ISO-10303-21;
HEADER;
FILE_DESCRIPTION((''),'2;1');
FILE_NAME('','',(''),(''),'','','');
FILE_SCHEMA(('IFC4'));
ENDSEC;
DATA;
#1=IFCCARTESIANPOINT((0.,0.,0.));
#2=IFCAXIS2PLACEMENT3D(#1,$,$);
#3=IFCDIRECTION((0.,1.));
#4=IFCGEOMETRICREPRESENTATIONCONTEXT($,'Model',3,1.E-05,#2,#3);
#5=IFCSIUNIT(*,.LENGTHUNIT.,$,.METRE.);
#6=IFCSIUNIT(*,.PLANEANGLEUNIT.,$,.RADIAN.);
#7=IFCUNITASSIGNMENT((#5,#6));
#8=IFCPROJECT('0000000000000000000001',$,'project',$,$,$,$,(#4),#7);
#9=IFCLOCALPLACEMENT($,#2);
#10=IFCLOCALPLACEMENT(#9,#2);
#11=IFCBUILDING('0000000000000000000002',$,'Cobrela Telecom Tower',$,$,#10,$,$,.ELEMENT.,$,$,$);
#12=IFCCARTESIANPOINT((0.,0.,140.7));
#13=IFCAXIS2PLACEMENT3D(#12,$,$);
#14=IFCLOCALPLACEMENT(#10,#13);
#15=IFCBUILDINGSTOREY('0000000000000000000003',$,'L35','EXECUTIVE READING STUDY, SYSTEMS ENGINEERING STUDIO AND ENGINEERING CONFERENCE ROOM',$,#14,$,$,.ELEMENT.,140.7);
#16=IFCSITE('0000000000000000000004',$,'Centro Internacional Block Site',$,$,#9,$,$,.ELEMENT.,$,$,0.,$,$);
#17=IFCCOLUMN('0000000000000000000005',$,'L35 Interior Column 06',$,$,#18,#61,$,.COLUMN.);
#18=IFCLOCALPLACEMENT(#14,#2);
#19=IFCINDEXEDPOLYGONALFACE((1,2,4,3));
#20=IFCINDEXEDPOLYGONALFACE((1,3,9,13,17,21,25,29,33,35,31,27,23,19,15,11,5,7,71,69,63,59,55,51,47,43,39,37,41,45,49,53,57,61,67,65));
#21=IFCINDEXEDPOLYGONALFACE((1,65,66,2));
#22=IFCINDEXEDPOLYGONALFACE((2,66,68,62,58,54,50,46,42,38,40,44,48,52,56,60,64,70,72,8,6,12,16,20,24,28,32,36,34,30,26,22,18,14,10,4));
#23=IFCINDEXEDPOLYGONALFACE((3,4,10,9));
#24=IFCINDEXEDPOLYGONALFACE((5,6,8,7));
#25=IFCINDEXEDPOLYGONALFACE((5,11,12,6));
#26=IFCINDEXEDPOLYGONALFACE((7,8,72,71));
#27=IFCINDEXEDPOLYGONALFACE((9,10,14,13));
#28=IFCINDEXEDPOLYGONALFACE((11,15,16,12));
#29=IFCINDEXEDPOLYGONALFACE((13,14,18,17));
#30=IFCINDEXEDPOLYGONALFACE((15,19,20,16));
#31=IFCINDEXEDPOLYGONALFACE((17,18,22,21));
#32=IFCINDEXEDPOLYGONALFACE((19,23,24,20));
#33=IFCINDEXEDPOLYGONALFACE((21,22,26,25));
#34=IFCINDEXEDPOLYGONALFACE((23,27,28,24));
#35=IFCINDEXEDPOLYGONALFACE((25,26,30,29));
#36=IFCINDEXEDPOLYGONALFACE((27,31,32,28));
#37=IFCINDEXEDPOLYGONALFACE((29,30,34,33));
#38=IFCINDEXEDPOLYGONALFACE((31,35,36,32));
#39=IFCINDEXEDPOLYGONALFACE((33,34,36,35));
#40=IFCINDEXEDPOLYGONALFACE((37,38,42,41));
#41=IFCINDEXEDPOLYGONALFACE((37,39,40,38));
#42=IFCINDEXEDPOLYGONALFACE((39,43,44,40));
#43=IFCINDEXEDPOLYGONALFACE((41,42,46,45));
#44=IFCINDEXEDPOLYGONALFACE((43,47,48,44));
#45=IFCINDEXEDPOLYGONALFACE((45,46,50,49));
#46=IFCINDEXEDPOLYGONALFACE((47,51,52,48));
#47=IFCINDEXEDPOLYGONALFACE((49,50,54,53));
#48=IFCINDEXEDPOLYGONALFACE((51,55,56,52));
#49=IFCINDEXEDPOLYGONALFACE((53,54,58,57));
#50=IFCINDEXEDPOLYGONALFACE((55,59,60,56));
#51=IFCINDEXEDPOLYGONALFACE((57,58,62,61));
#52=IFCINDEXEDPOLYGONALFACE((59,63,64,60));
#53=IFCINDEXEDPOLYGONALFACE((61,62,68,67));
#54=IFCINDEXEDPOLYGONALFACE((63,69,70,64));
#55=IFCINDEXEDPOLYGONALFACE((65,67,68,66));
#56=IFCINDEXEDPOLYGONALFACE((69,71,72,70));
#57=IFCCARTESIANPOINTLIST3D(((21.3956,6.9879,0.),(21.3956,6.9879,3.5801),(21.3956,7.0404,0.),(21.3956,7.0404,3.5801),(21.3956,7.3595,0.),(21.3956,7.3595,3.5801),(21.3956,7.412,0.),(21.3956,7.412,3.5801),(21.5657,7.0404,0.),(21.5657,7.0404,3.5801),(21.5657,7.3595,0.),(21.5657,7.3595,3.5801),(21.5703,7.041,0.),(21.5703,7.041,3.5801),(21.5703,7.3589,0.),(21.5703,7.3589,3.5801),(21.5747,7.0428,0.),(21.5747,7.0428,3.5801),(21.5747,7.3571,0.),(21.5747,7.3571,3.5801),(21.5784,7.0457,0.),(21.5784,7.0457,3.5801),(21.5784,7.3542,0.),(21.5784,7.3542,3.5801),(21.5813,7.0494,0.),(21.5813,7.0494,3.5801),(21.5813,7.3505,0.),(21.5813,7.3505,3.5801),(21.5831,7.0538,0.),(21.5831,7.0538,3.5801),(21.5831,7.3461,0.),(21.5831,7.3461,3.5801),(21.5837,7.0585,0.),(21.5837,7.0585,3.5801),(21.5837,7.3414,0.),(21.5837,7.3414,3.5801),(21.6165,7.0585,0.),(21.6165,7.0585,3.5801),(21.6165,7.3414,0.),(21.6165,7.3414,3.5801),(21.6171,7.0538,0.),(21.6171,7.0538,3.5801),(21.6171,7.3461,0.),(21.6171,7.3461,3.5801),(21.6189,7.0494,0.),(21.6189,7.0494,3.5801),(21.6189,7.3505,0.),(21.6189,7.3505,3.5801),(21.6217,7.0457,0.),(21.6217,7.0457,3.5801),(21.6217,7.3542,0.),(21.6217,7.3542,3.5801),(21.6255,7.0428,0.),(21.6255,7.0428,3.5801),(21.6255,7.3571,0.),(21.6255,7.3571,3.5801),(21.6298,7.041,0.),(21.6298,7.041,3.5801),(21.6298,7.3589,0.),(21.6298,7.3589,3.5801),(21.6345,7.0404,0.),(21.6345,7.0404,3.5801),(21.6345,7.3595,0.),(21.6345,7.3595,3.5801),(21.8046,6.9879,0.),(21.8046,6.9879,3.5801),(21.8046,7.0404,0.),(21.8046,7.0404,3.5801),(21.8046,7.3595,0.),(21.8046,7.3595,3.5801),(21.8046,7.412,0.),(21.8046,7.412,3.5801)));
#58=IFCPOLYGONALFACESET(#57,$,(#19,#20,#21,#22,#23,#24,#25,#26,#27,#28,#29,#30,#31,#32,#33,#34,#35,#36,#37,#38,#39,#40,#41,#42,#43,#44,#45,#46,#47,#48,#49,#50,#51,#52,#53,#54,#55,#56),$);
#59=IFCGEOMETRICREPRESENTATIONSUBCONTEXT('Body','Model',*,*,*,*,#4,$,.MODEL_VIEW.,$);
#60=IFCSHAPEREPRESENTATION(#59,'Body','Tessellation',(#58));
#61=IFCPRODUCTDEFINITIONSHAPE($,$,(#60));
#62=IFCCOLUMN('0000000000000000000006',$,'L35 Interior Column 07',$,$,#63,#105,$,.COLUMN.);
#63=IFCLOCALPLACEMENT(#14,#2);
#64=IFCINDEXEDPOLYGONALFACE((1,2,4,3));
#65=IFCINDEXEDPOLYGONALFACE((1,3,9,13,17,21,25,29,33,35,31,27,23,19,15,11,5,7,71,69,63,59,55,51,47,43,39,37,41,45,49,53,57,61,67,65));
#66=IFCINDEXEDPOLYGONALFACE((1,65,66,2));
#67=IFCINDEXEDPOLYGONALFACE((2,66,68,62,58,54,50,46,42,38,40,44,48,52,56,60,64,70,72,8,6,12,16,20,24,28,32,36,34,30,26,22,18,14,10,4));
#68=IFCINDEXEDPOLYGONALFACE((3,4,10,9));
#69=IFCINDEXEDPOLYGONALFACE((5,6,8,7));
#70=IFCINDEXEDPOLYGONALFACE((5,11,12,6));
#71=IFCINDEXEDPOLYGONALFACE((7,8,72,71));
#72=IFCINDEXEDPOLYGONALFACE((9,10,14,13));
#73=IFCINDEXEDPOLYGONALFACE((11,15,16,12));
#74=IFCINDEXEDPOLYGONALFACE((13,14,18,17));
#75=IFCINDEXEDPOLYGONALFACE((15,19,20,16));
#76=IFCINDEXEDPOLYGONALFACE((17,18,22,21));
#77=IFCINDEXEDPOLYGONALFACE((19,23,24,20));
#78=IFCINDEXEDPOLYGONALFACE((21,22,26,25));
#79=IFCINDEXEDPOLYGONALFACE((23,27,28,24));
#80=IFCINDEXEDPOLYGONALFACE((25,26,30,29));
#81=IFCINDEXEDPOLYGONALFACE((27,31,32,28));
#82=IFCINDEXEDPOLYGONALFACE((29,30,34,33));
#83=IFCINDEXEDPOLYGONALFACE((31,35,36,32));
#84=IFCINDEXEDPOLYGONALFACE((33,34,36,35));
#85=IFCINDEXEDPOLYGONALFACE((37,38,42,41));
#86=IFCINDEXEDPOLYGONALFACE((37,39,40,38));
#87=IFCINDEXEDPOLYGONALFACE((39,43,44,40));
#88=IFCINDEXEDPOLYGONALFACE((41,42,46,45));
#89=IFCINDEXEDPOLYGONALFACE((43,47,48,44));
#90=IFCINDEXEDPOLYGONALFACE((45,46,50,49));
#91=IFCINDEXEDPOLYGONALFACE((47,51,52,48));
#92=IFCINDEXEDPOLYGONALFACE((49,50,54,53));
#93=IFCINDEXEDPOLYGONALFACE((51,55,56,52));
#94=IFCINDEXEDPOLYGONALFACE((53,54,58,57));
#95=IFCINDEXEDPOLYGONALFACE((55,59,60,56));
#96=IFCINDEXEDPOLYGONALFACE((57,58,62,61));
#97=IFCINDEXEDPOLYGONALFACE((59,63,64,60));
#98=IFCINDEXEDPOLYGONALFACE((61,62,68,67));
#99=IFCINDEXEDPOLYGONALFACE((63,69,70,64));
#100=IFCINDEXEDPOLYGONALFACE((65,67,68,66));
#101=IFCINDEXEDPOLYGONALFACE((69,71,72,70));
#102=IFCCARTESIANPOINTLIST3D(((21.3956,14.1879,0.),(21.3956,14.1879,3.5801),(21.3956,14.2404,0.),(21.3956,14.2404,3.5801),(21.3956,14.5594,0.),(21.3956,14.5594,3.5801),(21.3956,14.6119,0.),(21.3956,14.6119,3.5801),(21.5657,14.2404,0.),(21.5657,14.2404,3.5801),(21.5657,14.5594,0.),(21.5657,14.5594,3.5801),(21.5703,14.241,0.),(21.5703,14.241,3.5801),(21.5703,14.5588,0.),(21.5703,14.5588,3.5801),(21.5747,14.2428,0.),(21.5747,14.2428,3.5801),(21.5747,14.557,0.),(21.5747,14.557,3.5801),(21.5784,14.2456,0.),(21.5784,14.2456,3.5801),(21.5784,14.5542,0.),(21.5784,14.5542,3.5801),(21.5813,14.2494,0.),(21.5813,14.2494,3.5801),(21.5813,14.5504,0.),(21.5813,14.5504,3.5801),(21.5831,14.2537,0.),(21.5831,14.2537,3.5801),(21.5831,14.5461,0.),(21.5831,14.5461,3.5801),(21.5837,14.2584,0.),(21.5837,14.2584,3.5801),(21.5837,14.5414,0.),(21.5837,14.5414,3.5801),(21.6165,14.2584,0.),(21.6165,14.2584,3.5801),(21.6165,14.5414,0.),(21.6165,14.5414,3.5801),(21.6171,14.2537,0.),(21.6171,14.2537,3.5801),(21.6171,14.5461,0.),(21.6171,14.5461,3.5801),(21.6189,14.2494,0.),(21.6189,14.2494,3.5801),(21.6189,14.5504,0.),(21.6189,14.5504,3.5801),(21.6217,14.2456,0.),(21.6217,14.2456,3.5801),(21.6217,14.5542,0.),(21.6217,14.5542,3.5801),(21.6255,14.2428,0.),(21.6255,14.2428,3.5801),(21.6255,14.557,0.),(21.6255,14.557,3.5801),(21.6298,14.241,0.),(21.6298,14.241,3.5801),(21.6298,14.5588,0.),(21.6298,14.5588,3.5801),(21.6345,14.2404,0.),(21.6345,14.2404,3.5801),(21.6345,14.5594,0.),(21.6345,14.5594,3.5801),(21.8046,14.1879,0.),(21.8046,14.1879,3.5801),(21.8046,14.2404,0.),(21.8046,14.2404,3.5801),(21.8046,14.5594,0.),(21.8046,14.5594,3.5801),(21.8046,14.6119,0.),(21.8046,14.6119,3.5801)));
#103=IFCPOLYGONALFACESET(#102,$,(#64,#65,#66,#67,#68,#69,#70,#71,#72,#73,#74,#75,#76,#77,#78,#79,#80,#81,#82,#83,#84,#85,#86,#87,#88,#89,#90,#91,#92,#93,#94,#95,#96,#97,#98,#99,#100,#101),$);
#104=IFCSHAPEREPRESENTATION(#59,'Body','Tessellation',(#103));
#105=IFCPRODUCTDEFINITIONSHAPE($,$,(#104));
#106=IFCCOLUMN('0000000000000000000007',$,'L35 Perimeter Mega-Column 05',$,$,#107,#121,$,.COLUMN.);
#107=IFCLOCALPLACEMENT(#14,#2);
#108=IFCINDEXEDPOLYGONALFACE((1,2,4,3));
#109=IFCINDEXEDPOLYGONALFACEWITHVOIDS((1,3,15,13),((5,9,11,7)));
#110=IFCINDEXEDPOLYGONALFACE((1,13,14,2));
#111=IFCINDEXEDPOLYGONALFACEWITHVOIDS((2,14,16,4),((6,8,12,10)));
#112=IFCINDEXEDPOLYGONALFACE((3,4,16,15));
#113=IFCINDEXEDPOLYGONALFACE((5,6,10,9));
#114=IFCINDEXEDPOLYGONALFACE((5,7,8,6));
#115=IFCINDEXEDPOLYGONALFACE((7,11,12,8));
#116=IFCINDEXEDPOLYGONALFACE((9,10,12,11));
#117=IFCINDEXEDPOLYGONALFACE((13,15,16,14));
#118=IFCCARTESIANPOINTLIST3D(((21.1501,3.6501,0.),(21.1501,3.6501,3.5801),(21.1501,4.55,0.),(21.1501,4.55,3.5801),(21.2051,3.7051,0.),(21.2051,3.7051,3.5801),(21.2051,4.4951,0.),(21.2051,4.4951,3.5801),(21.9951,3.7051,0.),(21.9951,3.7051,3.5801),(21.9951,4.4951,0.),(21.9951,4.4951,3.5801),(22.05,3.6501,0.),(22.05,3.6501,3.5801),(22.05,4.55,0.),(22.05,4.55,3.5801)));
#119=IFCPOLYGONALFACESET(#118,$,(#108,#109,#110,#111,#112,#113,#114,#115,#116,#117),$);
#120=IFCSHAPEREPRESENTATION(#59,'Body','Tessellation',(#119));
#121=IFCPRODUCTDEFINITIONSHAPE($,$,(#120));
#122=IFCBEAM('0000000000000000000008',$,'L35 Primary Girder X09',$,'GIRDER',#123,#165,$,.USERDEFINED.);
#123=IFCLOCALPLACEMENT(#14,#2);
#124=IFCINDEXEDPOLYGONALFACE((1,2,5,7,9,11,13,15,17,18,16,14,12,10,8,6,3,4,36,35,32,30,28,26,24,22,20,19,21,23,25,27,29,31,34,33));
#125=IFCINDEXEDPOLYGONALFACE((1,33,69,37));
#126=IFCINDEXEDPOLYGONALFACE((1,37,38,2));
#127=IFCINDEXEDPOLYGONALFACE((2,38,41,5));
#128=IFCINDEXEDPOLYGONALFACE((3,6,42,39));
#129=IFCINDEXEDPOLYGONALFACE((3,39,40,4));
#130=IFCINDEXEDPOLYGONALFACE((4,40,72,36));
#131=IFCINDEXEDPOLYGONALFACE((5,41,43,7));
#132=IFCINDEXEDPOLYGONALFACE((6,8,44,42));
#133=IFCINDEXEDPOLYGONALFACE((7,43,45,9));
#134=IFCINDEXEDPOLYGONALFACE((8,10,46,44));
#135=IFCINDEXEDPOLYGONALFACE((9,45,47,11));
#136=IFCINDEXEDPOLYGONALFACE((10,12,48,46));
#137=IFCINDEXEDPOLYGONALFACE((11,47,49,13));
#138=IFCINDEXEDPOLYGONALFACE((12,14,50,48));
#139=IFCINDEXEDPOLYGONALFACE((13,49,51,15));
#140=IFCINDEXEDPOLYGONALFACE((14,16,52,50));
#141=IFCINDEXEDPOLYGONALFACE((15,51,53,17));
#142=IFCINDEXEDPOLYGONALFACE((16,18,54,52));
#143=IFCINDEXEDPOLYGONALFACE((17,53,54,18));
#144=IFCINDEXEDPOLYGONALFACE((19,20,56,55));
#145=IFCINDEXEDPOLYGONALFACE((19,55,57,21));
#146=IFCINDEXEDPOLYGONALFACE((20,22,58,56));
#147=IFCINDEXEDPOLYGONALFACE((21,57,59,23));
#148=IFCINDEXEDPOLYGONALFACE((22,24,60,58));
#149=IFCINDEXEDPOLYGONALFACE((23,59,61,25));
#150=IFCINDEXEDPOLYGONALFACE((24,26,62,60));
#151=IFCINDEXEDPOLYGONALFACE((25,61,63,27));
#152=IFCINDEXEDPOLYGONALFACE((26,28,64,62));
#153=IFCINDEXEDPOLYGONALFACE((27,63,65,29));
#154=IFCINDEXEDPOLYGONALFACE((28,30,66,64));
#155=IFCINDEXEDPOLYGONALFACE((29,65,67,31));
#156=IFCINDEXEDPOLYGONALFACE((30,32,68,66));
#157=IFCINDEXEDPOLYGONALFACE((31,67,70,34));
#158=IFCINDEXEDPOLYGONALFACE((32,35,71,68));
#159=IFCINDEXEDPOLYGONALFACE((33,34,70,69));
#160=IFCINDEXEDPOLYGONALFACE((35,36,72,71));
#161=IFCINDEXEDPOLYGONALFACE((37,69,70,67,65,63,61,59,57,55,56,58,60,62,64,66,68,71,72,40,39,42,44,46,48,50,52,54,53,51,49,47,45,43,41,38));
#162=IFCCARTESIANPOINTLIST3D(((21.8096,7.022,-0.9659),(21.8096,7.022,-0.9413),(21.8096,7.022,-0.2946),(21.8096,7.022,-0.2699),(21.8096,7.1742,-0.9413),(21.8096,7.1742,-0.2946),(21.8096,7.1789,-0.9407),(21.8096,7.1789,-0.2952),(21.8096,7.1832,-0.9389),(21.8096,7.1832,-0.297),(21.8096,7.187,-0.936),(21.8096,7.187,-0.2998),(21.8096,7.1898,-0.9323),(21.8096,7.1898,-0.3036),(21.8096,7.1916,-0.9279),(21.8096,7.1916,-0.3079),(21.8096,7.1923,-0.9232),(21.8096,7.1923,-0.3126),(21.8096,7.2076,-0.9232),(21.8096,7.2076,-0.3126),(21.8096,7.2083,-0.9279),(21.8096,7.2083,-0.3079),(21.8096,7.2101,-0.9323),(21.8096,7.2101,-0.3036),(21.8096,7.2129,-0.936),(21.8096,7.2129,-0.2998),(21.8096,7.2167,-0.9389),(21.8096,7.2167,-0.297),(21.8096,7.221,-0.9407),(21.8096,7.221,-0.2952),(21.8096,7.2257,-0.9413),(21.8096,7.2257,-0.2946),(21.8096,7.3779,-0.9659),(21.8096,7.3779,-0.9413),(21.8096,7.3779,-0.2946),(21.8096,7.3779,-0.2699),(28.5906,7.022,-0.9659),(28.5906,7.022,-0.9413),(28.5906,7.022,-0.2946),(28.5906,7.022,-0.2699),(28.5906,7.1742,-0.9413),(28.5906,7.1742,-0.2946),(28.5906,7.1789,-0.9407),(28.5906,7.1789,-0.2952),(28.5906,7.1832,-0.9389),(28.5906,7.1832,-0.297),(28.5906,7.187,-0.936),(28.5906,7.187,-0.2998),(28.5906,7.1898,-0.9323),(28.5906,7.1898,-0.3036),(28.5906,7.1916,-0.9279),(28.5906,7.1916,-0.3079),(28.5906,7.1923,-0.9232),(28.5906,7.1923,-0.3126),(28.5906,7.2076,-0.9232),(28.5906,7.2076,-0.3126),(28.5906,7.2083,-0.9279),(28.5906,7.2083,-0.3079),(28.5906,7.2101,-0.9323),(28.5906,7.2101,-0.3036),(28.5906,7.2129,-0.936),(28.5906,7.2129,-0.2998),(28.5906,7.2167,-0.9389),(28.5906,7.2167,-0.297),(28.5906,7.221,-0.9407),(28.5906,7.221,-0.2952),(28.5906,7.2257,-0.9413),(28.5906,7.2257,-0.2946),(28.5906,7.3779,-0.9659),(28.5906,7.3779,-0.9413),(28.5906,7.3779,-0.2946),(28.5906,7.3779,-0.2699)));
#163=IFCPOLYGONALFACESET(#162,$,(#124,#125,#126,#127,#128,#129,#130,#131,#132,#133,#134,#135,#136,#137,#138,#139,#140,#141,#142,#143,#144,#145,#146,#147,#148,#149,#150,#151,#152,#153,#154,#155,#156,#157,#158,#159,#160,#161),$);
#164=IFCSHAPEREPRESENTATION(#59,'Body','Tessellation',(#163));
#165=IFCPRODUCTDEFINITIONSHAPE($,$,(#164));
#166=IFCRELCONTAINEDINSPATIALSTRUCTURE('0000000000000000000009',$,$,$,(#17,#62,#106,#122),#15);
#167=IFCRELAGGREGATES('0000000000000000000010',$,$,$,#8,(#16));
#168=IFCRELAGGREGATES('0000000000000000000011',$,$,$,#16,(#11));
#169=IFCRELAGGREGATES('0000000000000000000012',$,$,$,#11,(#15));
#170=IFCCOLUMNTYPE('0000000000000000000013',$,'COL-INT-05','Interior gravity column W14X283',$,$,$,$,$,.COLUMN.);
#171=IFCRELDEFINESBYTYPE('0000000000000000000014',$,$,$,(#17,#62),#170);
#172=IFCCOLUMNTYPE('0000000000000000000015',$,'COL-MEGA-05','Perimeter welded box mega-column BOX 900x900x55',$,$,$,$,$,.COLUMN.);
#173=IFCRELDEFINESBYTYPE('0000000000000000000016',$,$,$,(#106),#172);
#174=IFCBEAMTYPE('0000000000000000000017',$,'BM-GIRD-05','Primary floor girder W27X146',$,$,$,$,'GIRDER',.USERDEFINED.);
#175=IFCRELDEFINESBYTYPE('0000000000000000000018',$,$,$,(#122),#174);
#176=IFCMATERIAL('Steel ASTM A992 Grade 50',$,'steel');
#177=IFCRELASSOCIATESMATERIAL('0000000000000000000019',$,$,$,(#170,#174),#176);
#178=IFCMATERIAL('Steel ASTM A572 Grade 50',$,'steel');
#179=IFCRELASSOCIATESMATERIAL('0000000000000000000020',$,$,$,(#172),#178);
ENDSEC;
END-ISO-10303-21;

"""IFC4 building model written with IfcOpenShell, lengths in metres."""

from ifc_helpers import new_model, si_unit, direction, frame, origin, origin_2d, place, context, subcontext, project, spatial, hollow_rectangle, i_section, extrude, material, material_profile, profile_set, type_object, element, save


model = new_model("IFC4")

# Units and contexts
model_context = context("Model", 3, precision=1e-05, world=origin(), true_north=direction((0.0, 1.0)))
body_context = subcontext(model_context, "Body", "Model", "MODEL_VIEW")
ifc_project = project(units=[si_unit("LENGTHUNIT", "METRE"), si_unit("PLANEANGLEUNIT", "RADIAN")], contexts=[model_context])

# Site, building, storey
site_placement = place(None, origin())
site = spatial("IfcSite", under=ifc_project, at=site_placement, Name="Centro Internacional Block Site", CompositionType="ELEMENT", RefElevation=0.0)
building_placement = place(site_placement, origin())
building = spatial("IfcBuilding", under=site, at=building_placement, Name="Cobrela Telecom Tower", CompositionType="ELEMENT")
storey_placement = place(building_placement, frame((0.0, 0.0, 140.7)))
storey = spatial("IfcBuildingStorey", under=building, at=storey_placement, Name="L35", Description="EXECUTIVE READING STUDY, SYSTEMS ENGINEERING STUDIO AND ENGINEERING CONFERENCE ROOM", CompositionType="ELEMENT", Elevation=140.7)

# Columns
ifc_material_1 = material(Name="Steel ASTM A992 Grade 50", Category="steel")
ifc_material_profile_1 = material_profile(ifc_material_1, i_section(OverallWidth=0.4089, OverallDepth=0.4241, WebThickness=0.0327, FlangeThickness=0.0525, FilletRadius=0.0181, at=origin_2d()), Name="W14X283")
ifc_profile_set_1 = profile_set([ifc_material_profile_1], Name="Steel ASTM A992 Grade 50")
column_type_1 = type_object("IfcColumnType", Name="COL-INT-05", Description="Interior gravity column W14X283", PredefinedType="COLUMN", material=ifc_profile_set_1)
for number, where, z_axis, x_axis, name in (
    (1, (21.6001, 7.2, 0.0), (0.0, 0.0, 1.0), (1.0, 0.0, 0.0), "L35 Interior Column 06"),
    (2, (21.6001, 14.3999, 0.0), (0.0, 0.0, 1.0), (1.0, 0.0, 0.0), "L35 Interior Column 07"),
):
    element("IfcColumn", number, at=place(storey_placement, frame(where, z_axis=z_axis, x_axis=x_axis)), inside=storey, type_object=column_type_1, Name=name, PredefinedType="COLUMN", context=body_context, shape_type="SweptSolid", body=[
        extrude(i_section(OverallWidth=0.4089, OverallDepth=0.4241, WebThickness=0.0327, FlangeThickness=0.0525, FilletRadius=0.0181, at=origin_2d()), origin(), (0.0, 0.0, 1.0), 3.5801),
    ])
ifc_material_2 = material(Name="Steel ASTM A572 Grade 50", Category="steel")
ifc_material_profile_2 = material_profile(ifc_material_2, hollow_rectangle(XDim=0.8999, YDim=0.8999, WallThickness=0.0549, at=origin_2d()), Name="BOX 900x900x55")
ifc_profile_set_2 = profile_set([ifc_material_profile_2], Name="Steel ASTM A572 Grade 50")
column_type_2 = type_object("IfcColumnType", Name="COL-MEGA-05", Description="Perimeter welded box mega-column BOX 900x900x55", PredefinedType="COLUMN", material=ifc_profile_set_2)
column_placement = place(storey_placement, frame((21.6001, 4.1001, 0.0), z_axis=(0.0, 0.0, 1.0), x_axis=(1.0, 0.0, 0.0)))
element("IfcColumn", 3, at=column_placement, inside=storey, type_object=column_type_2, Name="L35 Perimeter Mega-Column 05", PredefinedType="COLUMN", context=body_context, shape_type="SweptSolid", body=[
    extrude(hollow_rectangle(XDim=0.8999, YDim=0.8999, WallThickness=0.0549, at=origin_2d()), origin(), (0.0, 0.0, 1.0), 3.5801),
])

# Beam
ifc_material_profile_3 = material_profile(ifc_material_1, i_section(OverallWidth=0.356, OverallDepth=0.696, WebThickness=0.0154, FlangeThickness=0.0247, FilletRadius=0.0181, at=origin_2d()), Name="W27X146")
ifc_profile_set_3 = profile_set([ifc_material_profile_3], Name="Steel ASTM A992 Grade 50")
beam_type_1 = type_object("IfcBeamType", Name="BM-GIRD-05", Description="Primary floor girder W27X146", ElementType="GIRDER", PredefinedType="USERDEFINED", material=ifc_profile_set_3)
for number, where, z_axis, x_axis, name in (
    (4, (21.8096, 7.2, -0.6179), (1.0, 0.0, 0.0), (0.0, 1.0, 0.0), "L35 Primary Girder X09"),
):
    element("IfcBeam", number, at=place(storey_placement, frame(where, z_axis=z_axis, x_axis=x_axis)), inside=storey, type_object=beam_type_1, Name=name, ObjectType="GIRDER", PredefinedType="USERDEFINED", context=body_context, shape_type="SweptSolid", body=[
        extrude(i_section(OverallWidth=0.356, OverallDepth=0.696, WebThickness=0.0154, FlangeThickness=0.0247, FilletRadius=0.0181, at=origin_2d()), origin(), (0.0, 0.0, 1.0), 6.781),
    ])

save(model, "model.ifc")
